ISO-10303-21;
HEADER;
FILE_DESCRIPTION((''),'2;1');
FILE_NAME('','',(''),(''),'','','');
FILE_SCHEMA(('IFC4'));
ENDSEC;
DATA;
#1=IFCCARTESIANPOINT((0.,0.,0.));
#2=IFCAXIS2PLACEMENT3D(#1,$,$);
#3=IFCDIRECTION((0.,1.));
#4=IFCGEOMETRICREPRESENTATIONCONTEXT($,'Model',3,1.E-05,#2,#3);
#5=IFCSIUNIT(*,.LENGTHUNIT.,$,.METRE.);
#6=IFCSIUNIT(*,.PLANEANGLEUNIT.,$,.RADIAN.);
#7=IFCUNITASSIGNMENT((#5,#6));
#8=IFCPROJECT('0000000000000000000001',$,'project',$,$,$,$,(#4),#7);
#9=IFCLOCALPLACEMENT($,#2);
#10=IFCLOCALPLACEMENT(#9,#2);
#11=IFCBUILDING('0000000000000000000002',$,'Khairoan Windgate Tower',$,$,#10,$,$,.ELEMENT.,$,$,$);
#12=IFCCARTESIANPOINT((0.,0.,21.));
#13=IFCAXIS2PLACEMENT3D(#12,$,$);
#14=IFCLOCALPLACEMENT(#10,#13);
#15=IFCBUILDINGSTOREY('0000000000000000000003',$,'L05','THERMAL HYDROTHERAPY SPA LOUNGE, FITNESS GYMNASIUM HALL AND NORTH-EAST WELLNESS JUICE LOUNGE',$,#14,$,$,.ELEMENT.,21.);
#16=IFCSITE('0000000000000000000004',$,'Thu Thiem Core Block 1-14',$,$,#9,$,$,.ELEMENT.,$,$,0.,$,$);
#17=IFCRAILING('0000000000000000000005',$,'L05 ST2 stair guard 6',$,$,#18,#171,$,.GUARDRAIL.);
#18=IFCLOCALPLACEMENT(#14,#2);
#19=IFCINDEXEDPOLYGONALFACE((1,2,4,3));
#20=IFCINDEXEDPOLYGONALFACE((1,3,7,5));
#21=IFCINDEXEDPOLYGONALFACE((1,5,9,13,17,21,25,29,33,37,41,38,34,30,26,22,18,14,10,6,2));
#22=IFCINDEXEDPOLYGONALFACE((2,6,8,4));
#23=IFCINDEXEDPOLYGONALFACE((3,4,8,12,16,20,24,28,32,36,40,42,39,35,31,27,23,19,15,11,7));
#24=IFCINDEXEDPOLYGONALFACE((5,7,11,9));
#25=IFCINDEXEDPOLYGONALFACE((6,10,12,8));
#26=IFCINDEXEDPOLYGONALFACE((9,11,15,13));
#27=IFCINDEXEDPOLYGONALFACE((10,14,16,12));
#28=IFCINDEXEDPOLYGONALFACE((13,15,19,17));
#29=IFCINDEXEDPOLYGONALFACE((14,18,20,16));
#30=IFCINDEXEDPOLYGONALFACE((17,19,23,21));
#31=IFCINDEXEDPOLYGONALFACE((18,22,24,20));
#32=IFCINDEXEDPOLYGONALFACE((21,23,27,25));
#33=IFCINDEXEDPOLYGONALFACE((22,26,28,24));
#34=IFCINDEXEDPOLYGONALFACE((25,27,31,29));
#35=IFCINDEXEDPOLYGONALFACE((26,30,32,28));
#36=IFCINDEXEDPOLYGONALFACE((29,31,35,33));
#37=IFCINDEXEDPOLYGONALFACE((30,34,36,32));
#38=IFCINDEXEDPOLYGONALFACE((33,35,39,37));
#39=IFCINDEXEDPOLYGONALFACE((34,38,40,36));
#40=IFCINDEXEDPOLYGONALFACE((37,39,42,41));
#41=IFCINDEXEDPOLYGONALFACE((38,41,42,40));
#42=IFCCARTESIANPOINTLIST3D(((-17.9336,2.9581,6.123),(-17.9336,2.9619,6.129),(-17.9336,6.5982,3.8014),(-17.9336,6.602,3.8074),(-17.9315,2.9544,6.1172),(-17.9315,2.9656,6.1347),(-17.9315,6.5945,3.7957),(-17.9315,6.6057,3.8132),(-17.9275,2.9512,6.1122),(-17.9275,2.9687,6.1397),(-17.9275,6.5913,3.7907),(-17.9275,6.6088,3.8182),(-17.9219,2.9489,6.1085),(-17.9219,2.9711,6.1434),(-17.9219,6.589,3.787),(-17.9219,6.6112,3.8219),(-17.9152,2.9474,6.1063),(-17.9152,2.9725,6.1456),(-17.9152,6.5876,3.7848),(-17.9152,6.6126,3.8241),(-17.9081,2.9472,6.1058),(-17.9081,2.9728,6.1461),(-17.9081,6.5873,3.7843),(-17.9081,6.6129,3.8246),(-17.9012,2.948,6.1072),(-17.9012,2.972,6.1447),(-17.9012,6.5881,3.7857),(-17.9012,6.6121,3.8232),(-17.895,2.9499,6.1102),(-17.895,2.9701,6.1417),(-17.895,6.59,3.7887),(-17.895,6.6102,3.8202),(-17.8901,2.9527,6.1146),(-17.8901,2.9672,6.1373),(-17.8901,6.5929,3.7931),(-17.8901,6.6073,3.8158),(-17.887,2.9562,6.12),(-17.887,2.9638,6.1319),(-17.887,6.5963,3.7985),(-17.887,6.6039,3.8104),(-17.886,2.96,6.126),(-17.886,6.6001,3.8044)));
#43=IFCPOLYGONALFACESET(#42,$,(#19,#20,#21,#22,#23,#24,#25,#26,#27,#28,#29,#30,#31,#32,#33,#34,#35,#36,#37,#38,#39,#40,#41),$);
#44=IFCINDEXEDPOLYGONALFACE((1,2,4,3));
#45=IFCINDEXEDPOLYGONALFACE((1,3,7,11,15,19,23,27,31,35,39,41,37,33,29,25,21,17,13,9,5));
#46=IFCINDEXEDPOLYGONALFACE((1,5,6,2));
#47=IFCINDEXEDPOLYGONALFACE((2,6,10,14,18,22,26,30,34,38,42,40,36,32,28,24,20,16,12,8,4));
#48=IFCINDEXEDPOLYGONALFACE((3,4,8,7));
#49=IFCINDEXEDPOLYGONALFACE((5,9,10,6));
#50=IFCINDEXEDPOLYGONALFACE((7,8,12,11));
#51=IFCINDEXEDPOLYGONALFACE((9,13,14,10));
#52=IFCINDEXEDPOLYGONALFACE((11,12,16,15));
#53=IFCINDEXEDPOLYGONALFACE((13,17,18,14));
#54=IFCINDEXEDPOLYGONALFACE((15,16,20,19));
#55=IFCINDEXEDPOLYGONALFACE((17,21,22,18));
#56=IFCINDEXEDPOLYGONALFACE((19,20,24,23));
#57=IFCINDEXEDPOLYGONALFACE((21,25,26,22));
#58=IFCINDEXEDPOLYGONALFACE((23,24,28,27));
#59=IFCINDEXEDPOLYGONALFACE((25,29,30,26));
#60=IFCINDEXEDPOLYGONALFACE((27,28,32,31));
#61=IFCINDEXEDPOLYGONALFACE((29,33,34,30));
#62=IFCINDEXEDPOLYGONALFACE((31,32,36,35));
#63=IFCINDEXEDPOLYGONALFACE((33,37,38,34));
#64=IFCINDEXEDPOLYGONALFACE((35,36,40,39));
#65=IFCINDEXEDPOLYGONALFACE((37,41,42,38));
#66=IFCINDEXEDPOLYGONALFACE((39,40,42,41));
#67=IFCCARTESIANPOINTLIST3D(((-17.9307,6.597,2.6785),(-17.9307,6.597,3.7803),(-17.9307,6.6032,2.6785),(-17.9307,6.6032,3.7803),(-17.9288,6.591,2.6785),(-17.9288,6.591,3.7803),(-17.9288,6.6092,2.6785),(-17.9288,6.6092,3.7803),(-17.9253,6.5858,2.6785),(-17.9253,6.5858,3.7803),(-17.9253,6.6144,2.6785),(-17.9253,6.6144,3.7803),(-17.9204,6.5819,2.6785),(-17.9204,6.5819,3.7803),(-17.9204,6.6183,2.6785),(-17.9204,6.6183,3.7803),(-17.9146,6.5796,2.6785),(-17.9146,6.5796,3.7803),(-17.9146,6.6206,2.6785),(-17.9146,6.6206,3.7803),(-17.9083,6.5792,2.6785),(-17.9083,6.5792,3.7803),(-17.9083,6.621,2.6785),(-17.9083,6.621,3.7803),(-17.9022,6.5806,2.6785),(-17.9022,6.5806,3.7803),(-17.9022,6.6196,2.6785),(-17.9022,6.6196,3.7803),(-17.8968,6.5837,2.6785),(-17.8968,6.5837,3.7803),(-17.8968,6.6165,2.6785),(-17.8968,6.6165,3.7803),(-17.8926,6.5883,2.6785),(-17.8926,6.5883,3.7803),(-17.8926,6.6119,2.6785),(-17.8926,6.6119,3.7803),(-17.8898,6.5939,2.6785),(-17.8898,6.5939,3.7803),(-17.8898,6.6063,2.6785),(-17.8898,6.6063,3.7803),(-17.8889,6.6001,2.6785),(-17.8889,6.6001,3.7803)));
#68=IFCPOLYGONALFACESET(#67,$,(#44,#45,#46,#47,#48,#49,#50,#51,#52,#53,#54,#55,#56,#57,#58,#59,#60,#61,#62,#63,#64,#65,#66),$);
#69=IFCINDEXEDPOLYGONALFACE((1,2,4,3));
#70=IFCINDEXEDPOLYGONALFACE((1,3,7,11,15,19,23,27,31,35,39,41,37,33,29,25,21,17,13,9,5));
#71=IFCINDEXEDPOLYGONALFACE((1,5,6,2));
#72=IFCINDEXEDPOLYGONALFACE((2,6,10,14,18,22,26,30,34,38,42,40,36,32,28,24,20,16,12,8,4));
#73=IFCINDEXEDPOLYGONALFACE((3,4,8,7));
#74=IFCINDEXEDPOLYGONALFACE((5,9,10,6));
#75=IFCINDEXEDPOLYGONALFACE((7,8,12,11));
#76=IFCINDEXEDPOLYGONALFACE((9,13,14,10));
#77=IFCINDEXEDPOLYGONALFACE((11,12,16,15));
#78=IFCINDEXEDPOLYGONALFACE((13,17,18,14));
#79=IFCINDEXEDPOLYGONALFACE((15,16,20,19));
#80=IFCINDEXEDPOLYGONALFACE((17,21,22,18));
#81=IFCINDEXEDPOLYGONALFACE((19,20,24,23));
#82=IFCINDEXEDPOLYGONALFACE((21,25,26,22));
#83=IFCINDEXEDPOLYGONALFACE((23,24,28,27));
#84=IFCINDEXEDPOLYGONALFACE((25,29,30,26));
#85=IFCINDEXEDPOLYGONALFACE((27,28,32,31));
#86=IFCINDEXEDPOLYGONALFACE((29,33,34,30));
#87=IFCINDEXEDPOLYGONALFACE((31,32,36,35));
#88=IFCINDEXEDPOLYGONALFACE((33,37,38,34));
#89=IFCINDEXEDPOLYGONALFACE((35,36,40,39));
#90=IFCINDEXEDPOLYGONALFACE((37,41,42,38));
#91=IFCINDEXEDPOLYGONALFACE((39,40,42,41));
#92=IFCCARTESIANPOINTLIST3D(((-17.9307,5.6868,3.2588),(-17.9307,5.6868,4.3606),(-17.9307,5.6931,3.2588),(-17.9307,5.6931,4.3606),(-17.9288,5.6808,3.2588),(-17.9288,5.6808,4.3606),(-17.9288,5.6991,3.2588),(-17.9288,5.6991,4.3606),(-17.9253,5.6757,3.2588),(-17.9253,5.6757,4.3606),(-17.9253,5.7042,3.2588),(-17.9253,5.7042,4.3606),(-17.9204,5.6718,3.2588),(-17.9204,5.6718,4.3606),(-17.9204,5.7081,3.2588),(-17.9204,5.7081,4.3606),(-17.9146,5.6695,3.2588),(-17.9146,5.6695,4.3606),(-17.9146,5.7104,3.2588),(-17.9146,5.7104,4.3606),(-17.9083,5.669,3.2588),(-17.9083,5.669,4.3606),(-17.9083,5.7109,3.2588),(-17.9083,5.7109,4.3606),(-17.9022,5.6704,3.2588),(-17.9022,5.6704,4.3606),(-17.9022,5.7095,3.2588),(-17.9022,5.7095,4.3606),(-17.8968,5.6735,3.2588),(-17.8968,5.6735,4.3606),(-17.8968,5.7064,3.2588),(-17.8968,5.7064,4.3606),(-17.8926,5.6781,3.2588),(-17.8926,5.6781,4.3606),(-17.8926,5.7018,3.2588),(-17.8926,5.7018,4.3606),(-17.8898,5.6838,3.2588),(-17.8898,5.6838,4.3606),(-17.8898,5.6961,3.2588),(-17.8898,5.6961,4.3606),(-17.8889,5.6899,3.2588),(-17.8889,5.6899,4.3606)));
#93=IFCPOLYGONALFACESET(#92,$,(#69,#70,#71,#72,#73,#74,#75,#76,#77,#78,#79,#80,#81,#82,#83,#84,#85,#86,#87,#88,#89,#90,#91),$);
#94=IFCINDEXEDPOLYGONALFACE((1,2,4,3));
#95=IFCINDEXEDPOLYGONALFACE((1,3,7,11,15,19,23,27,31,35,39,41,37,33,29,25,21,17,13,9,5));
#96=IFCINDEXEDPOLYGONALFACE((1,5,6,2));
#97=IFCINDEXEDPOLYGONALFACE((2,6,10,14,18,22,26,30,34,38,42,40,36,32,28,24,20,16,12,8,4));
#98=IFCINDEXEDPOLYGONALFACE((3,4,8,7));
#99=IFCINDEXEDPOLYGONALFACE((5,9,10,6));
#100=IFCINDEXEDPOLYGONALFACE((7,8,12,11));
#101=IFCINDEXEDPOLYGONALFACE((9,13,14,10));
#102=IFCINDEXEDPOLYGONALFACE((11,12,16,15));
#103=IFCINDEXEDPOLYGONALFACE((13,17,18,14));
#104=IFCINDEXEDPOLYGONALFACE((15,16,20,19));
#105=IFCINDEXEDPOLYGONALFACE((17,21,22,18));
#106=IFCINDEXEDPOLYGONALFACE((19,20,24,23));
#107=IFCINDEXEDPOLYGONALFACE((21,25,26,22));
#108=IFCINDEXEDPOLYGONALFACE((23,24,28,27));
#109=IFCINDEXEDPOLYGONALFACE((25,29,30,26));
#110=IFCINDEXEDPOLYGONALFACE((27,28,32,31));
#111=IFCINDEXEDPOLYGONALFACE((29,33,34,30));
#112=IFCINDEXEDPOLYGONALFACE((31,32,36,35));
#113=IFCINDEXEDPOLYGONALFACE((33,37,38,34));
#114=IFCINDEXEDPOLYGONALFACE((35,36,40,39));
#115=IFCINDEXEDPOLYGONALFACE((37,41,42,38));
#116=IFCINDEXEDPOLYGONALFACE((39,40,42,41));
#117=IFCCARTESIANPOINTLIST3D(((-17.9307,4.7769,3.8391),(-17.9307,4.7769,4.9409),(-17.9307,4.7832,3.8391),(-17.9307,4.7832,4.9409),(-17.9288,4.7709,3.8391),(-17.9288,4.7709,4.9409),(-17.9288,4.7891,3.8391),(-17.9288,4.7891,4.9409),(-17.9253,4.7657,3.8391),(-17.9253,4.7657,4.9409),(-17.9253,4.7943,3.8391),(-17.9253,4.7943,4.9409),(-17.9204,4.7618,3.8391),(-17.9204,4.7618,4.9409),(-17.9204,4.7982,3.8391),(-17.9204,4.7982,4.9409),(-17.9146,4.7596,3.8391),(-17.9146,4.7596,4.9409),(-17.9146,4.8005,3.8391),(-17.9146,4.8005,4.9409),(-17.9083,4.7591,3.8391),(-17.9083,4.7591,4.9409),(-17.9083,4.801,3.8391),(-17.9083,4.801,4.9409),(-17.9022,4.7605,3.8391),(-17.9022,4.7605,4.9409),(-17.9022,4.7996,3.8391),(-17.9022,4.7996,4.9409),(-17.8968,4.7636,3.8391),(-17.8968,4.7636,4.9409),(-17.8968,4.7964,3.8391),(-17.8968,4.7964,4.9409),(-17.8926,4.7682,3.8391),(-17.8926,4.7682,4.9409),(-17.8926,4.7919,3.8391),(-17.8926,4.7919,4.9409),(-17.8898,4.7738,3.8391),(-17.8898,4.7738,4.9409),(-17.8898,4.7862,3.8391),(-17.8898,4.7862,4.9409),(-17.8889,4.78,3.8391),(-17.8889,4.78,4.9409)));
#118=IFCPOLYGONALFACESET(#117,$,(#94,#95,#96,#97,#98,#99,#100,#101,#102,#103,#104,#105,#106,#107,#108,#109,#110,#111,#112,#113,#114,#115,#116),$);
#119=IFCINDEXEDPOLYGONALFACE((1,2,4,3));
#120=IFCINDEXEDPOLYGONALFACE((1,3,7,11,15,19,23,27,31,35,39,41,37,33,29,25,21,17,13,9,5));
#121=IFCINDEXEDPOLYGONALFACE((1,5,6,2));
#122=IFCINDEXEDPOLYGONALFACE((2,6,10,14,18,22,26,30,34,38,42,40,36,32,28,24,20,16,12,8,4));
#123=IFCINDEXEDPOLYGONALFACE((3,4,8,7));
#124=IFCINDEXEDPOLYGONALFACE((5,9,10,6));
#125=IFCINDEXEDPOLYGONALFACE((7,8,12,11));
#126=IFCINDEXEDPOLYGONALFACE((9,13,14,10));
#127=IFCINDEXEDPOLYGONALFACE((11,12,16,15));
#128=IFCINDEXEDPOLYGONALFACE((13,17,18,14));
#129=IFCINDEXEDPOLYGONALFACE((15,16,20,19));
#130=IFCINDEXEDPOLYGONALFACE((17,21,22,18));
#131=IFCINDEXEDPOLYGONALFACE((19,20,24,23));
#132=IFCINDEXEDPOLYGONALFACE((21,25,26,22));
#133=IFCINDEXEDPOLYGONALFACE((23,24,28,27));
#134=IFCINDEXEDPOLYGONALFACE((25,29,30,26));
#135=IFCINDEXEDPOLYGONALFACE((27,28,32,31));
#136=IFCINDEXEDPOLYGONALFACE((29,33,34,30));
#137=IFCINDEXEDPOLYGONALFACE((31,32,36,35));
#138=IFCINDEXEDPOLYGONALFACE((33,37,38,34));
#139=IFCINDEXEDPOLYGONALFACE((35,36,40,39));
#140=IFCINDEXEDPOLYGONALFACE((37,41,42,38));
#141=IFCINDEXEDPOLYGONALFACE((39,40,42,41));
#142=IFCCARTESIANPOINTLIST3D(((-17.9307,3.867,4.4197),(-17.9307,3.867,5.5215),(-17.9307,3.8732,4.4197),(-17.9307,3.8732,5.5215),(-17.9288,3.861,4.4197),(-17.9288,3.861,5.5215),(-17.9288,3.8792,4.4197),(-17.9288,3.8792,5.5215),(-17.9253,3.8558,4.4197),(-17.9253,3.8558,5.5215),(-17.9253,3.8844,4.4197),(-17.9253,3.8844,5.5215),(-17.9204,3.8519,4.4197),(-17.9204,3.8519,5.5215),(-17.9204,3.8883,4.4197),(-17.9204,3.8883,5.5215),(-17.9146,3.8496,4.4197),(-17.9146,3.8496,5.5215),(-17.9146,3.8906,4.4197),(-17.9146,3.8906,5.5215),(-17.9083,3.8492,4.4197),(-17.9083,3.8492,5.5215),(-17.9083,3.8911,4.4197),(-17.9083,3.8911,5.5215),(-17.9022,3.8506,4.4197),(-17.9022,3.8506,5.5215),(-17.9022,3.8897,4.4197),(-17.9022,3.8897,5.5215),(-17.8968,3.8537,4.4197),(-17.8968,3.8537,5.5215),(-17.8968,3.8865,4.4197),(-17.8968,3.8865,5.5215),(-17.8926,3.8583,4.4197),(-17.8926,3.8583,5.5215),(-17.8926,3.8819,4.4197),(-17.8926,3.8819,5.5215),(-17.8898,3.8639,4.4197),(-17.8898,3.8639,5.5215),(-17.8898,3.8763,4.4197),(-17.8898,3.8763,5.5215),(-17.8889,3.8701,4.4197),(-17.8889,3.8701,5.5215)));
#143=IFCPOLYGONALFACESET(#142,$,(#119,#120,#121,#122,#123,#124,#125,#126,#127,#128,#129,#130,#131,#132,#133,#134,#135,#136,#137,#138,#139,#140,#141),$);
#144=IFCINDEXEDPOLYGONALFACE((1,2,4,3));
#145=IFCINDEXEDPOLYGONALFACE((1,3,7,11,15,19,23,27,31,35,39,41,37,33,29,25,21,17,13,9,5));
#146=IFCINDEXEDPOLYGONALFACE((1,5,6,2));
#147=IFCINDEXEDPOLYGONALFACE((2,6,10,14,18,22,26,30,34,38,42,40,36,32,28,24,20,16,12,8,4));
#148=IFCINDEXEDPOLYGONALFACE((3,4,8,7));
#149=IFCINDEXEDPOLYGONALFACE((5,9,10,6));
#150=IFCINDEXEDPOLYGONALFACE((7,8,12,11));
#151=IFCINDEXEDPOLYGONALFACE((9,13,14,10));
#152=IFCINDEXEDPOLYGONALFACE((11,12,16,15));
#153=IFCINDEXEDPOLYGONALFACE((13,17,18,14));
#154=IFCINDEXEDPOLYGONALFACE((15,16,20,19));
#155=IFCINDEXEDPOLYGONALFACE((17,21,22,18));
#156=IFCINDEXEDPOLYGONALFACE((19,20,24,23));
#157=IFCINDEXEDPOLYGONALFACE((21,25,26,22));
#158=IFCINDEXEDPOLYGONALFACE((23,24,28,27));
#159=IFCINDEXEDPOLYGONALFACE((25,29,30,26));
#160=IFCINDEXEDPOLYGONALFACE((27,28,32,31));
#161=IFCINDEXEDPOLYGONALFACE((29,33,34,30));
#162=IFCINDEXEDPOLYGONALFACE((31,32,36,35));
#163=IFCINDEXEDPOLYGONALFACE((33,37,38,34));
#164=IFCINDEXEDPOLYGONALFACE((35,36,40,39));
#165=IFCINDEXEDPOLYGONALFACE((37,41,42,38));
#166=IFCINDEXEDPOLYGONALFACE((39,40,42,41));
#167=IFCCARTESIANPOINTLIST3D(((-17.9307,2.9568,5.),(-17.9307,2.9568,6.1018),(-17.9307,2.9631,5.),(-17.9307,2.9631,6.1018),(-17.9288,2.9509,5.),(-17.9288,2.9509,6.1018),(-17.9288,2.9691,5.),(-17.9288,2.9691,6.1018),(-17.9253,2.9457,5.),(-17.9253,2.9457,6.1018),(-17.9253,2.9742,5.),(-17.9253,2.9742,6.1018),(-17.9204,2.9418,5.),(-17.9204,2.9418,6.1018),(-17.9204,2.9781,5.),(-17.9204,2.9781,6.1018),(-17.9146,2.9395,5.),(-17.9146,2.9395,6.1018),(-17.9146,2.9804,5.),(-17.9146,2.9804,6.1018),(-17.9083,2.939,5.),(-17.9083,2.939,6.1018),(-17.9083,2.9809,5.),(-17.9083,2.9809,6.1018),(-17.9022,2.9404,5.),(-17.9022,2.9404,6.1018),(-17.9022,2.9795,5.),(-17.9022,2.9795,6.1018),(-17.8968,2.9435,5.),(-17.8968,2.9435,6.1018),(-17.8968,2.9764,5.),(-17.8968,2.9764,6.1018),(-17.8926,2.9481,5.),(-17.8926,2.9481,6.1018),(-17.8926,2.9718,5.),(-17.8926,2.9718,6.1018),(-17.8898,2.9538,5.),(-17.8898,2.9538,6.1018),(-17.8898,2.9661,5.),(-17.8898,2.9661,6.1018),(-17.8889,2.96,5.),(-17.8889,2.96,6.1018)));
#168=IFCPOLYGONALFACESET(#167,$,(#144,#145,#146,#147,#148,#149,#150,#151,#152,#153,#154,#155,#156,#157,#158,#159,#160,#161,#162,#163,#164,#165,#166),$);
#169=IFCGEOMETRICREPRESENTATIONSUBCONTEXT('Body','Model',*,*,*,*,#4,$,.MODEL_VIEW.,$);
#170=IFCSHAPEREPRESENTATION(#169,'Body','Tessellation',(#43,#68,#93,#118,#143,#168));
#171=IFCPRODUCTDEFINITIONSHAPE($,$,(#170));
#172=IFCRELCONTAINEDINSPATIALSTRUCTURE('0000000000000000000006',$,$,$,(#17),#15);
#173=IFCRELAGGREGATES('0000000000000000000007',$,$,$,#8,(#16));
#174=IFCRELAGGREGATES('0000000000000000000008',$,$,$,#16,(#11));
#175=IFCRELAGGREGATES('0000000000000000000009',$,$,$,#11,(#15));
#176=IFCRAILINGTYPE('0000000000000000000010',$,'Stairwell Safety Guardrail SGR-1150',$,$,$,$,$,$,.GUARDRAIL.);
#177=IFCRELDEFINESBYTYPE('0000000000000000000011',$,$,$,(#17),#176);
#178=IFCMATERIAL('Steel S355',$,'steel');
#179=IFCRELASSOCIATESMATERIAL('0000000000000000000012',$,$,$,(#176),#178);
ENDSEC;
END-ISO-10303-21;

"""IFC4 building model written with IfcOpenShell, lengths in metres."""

from ifc_helpers import new_model, si_unit, direction, frame, origin, origin_2d, place, context, subcontext, project, spatial, circle, extrude, material, type_object, element, save


model = new_model("IFC4")

# Units and contexts
model_context = context("Model", 3, precision=1e-05, world=origin(), true_north=direction((0.0, 1.0)))
body_context = subcontext(model_context, "Body", "Model", "MODEL_VIEW")
ifc_project = project(units=[si_unit("LENGTHUNIT", "METRE"), si_unit("PLANEANGLEUNIT", "RADIAN")], contexts=[model_context])

# Site, building, storey
site_placement = place(None, origin())
site = spatial("IfcSite", under=ifc_project, at=site_placement, Name="Thu Thiem Core Block 1-14", CompositionType="ELEMENT", RefElevation=0.0)
building_placement = place(site_placement, origin())
building = spatial("IfcBuilding", under=site, at=building_placement, Name="Khairoan Windgate Tower", CompositionType="ELEMENT")
storey_placement = place(building_placement, frame((0.0, 0.0, 21.0)))
storey = spatial("IfcBuildingStorey", under=building, at=storey_placement, Name="L05", Description="THERMAL HYDROTHERAPY SPA LOUNGE, FITNESS GYMNASIUM HALL AND NORTH-EAST WELLNESS JUICE LOUNGE", CompositionType="ELEMENT", Elevation=21.0)

# Railing
ifc_material_1 = material(Name="Steel S355", Category="steel")
railing_type_1 = type_object("IfcRailingType", Name="Stairwell Safety Guardrail SGR-1150", PredefinedType="GUARDRAIL", material=ifc_material_1)
railing_1_placement = place(storey_placement, frame((-17.9099, 6.6001, 2.6785)))
element("IfcRailing", 1, at=railing_1_placement, inside=storey, type_object=railing_type_1, Name="L05 ST2 stair guard 6", PredefinedType="GUARDRAIL", context=body_context, shape_type="SweptSolid", body=[
    extrude(circle(Radius=0.0239, at=origin_2d()), frame((0.0, 0.0, 1.126), z_axis=(0.0, -0.843128, 0.537713), x_axis=(1.0, 0.0, 0.0)), (0.0, 0.0, 1.0), 4.3174),
    extrude(circle(Radius=0.021, at=origin_2d()), origin(), (0.0, 0.0, 1.0), 1.1018),
    extrude(circle(Radius=0.021, at=origin_2d()), frame((0.0, -0.9102, 0.5803)), (0.0, 0.0, 1.0), 1.1018),
    extrude(circle(Radius=0.021, at=origin_2d()), frame((0.0, -1.8201, 1.1606)), (0.0, 0.0, 1.0), 1.1018),
    extrude(circle(Radius=0.021, at=origin_2d()), frame((0.0, -2.73, 1.7412)), (0.0, 0.0, 1.0), 1.1018),
    extrude(circle(Radius=0.021, at=origin_2d()), frame((0.0, -3.6401, 2.3215)), (0.0, 0.0, 1.0), 1.1018),
])

save(model, "model.ifc")
